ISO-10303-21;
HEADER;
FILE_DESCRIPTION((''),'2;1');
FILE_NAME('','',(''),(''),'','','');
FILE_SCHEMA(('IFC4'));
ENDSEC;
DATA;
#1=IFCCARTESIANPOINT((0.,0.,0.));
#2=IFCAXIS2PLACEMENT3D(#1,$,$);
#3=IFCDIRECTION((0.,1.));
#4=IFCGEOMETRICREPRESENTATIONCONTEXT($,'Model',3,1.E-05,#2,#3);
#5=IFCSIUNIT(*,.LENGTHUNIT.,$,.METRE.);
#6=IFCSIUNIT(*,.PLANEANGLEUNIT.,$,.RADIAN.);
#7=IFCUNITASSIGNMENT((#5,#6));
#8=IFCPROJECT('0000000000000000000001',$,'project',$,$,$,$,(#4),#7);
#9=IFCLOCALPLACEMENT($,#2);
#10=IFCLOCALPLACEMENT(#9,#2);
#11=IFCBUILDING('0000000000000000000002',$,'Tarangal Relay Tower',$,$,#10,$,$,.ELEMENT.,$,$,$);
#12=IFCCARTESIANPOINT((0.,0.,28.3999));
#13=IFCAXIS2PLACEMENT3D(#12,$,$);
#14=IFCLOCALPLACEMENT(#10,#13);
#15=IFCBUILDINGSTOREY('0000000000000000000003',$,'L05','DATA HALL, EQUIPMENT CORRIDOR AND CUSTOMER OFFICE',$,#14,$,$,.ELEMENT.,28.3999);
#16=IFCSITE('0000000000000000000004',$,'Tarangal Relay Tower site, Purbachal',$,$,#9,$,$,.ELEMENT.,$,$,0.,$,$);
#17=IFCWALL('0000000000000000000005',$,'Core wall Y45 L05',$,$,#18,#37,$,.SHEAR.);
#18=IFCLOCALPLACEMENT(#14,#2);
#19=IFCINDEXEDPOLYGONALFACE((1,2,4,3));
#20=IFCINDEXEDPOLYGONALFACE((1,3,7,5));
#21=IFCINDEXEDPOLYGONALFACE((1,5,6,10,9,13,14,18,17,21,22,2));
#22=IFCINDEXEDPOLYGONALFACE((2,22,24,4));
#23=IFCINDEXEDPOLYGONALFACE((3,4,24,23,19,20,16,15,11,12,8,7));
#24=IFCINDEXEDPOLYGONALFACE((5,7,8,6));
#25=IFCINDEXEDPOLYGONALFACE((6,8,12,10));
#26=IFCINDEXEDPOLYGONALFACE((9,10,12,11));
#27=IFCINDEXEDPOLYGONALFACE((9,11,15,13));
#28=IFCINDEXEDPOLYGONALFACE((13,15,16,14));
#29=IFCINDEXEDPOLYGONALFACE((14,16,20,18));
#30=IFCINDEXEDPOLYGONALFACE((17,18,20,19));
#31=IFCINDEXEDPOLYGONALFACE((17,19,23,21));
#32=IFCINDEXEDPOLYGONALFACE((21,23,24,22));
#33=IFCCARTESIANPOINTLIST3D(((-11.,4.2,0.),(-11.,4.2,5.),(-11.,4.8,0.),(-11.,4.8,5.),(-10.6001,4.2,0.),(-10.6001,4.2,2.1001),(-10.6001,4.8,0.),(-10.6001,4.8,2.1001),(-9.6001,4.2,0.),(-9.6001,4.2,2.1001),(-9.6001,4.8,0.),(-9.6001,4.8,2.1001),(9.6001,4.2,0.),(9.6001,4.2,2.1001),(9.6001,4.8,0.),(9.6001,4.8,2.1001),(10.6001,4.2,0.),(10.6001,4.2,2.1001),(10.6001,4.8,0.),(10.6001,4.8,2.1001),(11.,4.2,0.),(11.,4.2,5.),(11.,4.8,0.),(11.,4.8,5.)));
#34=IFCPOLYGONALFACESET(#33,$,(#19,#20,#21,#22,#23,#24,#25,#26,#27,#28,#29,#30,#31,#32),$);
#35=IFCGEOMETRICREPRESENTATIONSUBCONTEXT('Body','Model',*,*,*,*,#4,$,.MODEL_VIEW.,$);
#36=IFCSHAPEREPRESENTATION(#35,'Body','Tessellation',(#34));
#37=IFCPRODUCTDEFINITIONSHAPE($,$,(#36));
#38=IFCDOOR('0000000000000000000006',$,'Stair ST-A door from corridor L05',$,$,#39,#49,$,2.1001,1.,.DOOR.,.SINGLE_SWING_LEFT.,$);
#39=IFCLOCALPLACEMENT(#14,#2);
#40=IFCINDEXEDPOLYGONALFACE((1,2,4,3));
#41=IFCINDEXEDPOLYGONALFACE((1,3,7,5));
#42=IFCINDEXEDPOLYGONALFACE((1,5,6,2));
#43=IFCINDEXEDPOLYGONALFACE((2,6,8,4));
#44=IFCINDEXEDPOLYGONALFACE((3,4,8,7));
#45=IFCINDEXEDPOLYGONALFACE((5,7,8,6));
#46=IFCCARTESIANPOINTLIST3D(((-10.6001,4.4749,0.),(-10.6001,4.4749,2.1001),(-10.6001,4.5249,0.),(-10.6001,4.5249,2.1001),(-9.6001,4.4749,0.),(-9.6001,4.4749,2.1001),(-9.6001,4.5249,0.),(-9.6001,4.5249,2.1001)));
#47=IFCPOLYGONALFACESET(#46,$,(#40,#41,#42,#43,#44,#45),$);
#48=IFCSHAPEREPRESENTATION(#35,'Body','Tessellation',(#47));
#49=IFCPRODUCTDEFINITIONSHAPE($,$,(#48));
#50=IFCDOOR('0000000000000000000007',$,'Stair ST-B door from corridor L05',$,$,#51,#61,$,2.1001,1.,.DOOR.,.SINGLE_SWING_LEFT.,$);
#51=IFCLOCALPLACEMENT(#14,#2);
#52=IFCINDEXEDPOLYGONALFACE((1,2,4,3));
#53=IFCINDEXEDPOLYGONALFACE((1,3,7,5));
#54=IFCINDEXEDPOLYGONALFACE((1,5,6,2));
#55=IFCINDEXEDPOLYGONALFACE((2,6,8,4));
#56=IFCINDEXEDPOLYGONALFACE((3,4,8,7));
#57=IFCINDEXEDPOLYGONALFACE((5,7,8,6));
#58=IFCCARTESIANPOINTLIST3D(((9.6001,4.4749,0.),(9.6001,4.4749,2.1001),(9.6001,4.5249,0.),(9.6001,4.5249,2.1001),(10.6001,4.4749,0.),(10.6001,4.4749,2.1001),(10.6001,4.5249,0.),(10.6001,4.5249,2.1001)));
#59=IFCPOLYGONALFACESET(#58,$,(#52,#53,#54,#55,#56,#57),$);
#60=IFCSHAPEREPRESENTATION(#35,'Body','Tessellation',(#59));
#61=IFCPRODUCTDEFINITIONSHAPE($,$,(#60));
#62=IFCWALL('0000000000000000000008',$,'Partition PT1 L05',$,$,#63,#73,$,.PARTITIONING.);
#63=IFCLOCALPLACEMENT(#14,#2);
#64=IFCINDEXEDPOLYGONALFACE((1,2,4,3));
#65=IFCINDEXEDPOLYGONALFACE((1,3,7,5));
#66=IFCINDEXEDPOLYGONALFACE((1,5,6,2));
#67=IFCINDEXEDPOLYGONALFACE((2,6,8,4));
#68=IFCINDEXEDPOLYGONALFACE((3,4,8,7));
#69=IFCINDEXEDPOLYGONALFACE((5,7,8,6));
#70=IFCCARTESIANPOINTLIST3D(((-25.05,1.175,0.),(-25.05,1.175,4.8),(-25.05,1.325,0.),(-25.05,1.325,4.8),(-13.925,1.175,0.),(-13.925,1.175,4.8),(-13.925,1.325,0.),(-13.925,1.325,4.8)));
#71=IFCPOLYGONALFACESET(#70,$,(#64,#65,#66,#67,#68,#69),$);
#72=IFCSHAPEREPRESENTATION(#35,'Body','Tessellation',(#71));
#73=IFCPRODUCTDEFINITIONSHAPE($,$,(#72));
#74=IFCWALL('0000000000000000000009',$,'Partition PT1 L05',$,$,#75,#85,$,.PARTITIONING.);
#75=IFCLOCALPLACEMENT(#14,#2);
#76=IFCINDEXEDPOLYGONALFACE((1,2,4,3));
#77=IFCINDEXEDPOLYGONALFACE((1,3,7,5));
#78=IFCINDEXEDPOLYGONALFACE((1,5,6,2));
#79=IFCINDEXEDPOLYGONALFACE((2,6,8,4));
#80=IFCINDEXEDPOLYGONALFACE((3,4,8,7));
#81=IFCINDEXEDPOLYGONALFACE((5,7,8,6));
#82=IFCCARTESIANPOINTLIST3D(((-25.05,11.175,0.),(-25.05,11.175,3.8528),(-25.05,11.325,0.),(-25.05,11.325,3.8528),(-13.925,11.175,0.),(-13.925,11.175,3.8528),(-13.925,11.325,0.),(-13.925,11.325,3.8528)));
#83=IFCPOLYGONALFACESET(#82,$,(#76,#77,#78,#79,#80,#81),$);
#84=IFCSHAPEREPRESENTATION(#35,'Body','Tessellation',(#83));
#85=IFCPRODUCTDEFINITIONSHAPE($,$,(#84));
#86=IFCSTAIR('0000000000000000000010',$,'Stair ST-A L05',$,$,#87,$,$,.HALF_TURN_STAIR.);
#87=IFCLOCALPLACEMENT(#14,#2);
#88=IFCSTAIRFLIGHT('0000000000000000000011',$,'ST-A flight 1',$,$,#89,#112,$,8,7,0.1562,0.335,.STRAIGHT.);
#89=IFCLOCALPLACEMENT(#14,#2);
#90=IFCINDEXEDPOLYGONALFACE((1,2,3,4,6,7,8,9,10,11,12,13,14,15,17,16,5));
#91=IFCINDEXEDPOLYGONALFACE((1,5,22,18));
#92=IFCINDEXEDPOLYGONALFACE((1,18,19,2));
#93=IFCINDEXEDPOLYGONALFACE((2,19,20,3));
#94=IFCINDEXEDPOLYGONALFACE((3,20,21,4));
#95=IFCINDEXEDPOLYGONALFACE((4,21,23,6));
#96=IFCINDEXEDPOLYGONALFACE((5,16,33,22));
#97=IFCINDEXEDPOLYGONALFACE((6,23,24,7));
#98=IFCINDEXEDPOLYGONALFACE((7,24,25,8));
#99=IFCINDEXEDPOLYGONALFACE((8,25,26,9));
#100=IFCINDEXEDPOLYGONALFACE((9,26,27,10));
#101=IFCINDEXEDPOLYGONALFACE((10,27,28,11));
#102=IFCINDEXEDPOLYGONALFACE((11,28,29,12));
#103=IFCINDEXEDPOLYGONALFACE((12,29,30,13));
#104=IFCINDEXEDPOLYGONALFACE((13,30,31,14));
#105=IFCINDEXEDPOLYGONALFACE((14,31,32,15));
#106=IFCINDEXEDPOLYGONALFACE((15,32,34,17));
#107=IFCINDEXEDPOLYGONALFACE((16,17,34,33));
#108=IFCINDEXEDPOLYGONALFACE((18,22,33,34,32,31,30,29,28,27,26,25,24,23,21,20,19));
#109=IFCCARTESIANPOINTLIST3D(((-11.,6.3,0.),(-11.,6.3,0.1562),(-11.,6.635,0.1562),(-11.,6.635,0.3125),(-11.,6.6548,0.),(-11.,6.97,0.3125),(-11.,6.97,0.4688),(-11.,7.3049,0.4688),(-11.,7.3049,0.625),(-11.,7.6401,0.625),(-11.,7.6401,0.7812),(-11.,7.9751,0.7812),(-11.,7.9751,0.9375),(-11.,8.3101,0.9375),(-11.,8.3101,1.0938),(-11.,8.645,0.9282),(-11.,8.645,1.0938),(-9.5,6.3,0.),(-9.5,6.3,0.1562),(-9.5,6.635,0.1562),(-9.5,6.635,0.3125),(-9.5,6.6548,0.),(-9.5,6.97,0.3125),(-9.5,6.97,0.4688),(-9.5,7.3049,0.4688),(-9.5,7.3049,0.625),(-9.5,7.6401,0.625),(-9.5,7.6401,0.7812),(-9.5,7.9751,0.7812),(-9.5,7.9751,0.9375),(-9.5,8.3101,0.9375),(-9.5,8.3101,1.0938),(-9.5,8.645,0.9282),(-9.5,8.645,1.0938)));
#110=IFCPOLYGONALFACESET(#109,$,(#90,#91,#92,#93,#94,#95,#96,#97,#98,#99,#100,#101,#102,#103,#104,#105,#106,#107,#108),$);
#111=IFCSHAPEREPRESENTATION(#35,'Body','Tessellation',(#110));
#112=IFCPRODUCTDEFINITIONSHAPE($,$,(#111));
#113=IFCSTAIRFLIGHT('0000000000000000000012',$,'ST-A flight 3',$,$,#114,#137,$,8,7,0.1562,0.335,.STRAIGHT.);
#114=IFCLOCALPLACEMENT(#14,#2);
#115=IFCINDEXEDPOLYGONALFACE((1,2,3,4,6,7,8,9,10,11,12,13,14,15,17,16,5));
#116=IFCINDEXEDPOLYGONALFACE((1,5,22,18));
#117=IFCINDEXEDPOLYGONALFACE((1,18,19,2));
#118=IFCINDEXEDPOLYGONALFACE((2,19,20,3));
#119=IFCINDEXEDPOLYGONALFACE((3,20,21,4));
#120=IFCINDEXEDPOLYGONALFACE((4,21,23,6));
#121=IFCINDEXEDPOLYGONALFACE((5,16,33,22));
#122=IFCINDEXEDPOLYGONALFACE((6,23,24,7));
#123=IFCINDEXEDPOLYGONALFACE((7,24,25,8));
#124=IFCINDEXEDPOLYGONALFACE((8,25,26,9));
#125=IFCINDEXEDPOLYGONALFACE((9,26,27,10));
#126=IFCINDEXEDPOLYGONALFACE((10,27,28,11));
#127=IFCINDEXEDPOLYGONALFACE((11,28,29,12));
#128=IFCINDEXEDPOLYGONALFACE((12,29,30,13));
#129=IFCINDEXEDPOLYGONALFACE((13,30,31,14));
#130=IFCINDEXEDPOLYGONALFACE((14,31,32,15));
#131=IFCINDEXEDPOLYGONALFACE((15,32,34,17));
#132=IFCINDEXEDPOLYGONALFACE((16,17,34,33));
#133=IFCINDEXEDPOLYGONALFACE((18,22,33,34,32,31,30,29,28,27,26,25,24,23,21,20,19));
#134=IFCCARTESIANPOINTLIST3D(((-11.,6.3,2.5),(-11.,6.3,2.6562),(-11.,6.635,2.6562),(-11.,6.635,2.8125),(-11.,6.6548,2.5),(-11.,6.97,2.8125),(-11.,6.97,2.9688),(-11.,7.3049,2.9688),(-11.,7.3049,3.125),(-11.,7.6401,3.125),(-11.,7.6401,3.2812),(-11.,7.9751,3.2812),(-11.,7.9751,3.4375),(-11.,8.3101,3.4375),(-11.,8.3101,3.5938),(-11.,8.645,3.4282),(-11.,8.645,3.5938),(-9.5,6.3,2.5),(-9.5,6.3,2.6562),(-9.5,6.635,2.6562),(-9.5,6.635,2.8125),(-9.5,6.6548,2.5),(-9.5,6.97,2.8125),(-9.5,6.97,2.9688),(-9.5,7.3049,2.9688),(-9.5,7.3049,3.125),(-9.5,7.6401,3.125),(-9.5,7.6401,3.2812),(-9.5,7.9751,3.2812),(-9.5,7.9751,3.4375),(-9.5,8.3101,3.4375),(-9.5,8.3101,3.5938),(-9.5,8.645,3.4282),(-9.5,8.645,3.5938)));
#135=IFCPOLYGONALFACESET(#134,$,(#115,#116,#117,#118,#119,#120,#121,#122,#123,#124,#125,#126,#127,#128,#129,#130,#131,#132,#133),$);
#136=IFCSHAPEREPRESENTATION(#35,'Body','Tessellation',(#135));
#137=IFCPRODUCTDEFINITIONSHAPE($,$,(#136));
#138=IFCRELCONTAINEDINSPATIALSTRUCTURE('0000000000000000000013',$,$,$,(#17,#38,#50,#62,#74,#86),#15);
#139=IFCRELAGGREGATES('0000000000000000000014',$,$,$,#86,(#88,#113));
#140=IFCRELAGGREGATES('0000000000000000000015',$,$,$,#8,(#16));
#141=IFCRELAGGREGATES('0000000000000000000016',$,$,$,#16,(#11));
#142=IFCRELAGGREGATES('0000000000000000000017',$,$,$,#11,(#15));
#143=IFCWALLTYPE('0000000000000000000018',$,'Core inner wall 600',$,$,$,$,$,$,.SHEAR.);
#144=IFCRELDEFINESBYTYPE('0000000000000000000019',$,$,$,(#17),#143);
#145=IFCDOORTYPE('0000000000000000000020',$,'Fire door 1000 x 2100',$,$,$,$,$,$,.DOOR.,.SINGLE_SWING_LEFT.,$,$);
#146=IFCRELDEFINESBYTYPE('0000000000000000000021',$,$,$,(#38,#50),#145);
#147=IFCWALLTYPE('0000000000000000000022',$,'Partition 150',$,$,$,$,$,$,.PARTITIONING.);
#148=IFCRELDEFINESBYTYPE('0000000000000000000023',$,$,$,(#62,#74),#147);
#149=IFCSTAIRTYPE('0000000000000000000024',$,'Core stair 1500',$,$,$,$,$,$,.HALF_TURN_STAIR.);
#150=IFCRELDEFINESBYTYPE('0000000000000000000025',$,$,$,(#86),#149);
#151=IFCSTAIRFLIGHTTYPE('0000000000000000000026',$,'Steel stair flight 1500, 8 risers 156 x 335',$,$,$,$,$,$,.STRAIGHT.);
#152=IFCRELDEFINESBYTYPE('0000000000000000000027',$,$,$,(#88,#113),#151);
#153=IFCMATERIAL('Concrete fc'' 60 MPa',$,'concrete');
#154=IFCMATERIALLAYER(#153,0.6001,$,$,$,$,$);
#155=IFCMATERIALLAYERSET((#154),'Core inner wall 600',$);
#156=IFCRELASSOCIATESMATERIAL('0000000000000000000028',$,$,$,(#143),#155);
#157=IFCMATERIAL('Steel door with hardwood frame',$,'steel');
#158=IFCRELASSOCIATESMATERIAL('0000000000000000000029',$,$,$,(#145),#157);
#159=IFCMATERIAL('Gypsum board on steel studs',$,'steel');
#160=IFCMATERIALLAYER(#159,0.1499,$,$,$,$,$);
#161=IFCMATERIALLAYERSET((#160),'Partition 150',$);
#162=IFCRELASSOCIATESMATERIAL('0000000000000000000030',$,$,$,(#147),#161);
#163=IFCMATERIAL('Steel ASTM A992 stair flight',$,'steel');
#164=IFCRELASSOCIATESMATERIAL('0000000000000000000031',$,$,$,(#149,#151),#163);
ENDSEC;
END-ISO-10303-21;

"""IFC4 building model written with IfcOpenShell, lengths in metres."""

from ifc_helpers import new_model, si_unit, direction, frame, frame_2d, origin, place, context, subcontext, project, spatial, polyline, rectangle, outline, extrude, material, layer, layer_set, type_object, element, fill, aggregate, save


model = new_model("IFC4")

# Units and contexts
model_context = context("Model", 3, precision=1e-05, world=origin(), true_north=direction((0.0, 1.0)))
body_context = subcontext(model_context, "Body", "Model", "MODEL_VIEW")
ifc_project = project(units=[si_unit("LENGTHUNIT", "METRE"), si_unit("PLANEANGLEUNIT", "RADIAN")], contexts=[model_context])

# Site, building, storey
site_placement = place(None, origin())
site = spatial("IfcSite", under=ifc_project, at=site_placement, Name="Tarangal Relay Tower site, Purbachal", CompositionType="ELEMENT", RefElevation=0.0)
building_placement = place(site_placement, origin())
building = spatial("IfcBuilding", under=site, at=building_placement, Name="Tarangal Relay Tower", CompositionType="ELEMENT")
storey_placement = place(building_placement, frame((0.0, 0.0, 28.3999)))
storey = spatial("IfcBuildingStorey", under=building, at=storey_placement, Name="L05", Description="DATA HALL, EQUIPMENT CORRIDOR AND CUSTOMER OFFICE", CompositionType="ELEMENT", Elevation=28.3999)

# Wall, openings, doors
ifc_material_1 = material(Name="Concrete fc' 60 MPa", Category="concrete")
ifc_layer_1 = layer(ifc_material_1, 0.6001)
ifc_layer_set_1 = layer_set([ifc_layer_1], Name="Core inner wall 600")
wall_type_1 = type_object("IfcWallType", Name="Core inner wall 600", PredefinedType="SHEAR", material=ifc_layer_set_1)
wall_1_placement = place(storey_placement, frame((-11.0, 4.5, 0.0), z_axis=(0.0, 0.0, 1.0), x_axis=(1.0, 0.0, 0.0)))
wall_1 = element("IfcWall", 1, at=wall_1_placement, inside=storey, type_object=wall_type_1, Name="Core wall Y45 L05", PredefinedType="SHEAR", context=body_context, shape_type="SweptSolid", body=[
    extrude(rectangle(XDim=22.0, YDim=0.6001, at=frame_2d((11.0, 0.0))), origin(), (0.0, 0.0, 1.0), 5.0),
])
opening_1_placement = place(wall_1_placement, frame((0.3999, 0.0, 0.0)))
opening_1 = element("IfcOpeningElement", 2, at=opening_1_placement, cuts=wall_1, PredefinedType="OPENING", context=body_context, shape_type="SweptSolid", body=[
    extrude(rectangle(XDim=1.0, YDim=2.1001, at=frame_2d((0.5, 1.05))), frame((0.0, 0.3101, 0.0), z_axis=(0.0, -1.0, 0.0), x_axis=(1.0, 0.0, 0.0)), (0.0, 0.0, 1.0), 0.6201),
])
opening_2_placement = place(wall_1_placement, frame((20.6001, 0.0, 0.0)))
opening_2 = element("IfcOpeningElement", 3, at=opening_2_placement, cuts=wall_1, PredefinedType="OPENING", context=body_context, shape_type="SweptSolid", body=[
    extrude(rectangle(XDim=1.0, YDim=2.1001, at=frame_2d((0.5, 1.05))), frame((0.0, 0.3101, 0.0), z_axis=(0.0, -1.0, 0.0), x_axis=(1.0, 0.0, 0.0)), (0.0, 0.0, 1.0), 0.6201),
])
ifc_material_2 = material(Name="Steel door with hardwood frame", Category="steel")
door_type_1 = type_object("IfcDoorType", Name="Fire door 1000 x 2100", OperationType="SINGLE_SWING_LEFT", PredefinedType="DOOR", material=ifc_material_2)
door_1_placement = place(opening_1_placement, origin())
door_1 = element("IfcDoor", 4, at=door_1_placement, inside=storey, type_object=door_type_1, Name="Stair ST-A door from corridor L05", OperationType="SINGLE_SWING_LEFT", OverallHeight=2.1001, OverallWidth=1.0, PredefinedType="DOOR", context=body_context, shape_type="SweptSolid", body=[
    extrude(rectangle(XDim=1.0, YDim=2.1001, at=frame_2d((0.5, 1.05))), frame((0.0, 0.0249, 0.0), z_axis=(0.0, -1.0, 0.0), x_axis=(1.0, 0.0, 0.0)), (0.0, 0.0, 1.0), 0.05),
])
fill(opening_1, door_1)
door_2_placement = place(opening_2_placement, origin())
door_2 = element("IfcDoor", 5, at=door_2_placement, inside=storey, type_object=door_type_1, Name="Stair ST-B door from corridor L05", OperationType="SINGLE_SWING_LEFT", OverallHeight=2.1001, OverallWidth=1.0, PredefinedType="DOOR", context=body_context, shape_type="SweptSolid", body=[
    extrude(rectangle(XDim=1.0, YDim=2.1001, at=frame_2d((0.5, 1.05))), frame((0.0, 0.0249, 0.0), z_axis=(0.0, -1.0, 0.0), x_axis=(1.0, 0.0, 0.0)), (0.0, 0.0, 1.0), 0.05),
])
fill(opening_2, door_2)

# Walls
ifc_material_3 = material(Name="Gypsum board on steel studs", Category="steel")
ifc_layer_2 = layer(ifc_material_3, 0.1499)
ifc_layer_set_2 = layer_set([ifc_layer_2], Name="Partition 150")
wall_type_2 = type_object("IfcWallType", Name="Partition 150", PredefinedType="PARTITIONING", material=ifc_layer_set_2)
wall_2_placement = place(storey_placement, frame((-25.05, 1.25, 0.0), z_axis=(0.0, 0.0, 1.0), x_axis=(1.0, 0.0, 0.0)))
element("IfcWall", 6, at=wall_2_placement, inside=storey, type_object=wall_type_2, Name="Partition PT1 L05", PredefinedType="PARTITIONING", context=body_context, shape_type="SweptSolid", body=[
    extrude(rectangle(XDim=11.125, YDim=0.1499, at=frame_2d((5.5625, 0.0))), origin(), (0.0, 0.0, 1.0), 4.8),
])
wall_3_placement = place(storey_placement, frame((-25.05, 11.25, 0.0), z_axis=(0.0, 0.0, 1.0), x_axis=(1.0, 0.0, 0.0)))
element("IfcWall", 7, at=wall_3_placement, inside=storey, type_object=wall_type_2, Name="Partition PT1 L05", PredefinedType="PARTITIONING", context=body_context, shape_type="SweptSolid", body=[
    extrude(rectangle(XDim=11.125, YDim=0.1499, at=frame_2d((5.5625, 0.0))), origin(), (0.0, 0.0, 1.0), 3.8528),
])

# Stair, stair flights
ifc_material_4 = material(Name="Steel ASTM A992 stair flight", Category="steel")
stair_type = type_object("IfcStairType", Name="Core stair 1500", PredefinedType="HALF_TURN_STAIR", material=ifc_material_4)
stair_placement = place(storey_placement, origin())
stair = element("IfcStair", 8, at=stair_placement, inside=storey, type_object=stair_type, Name="Stair ST-A L05", PredefinedType="HALF_TURN_STAIR")
stair_flight_type = type_object("IfcStairFlightType", Name="Steel stair flight 1500, 8 risers 156 x 335", PredefinedType="STRAIGHT", material=ifc_material_4)
stair_flight_1_placement = place(storey_placement, frame((-10.25, 6.3, 0.0), z_axis=(0.0, 0.0, 1.0), x_axis=(0.0, 1.0, 0.0)))
stair_flight_1 = element("IfcStairFlight", 9, at=stair_flight_1_placement, type_object=stair_flight_type, Name="ST-A flight 1", NumberOfRisers=8, NumberOfTreads=7, PredefinedType="STRAIGHT", RiserHeight=0.1562, TreadLength=0.335, context=body_context, shape_type="SweptSolid", body=[
    extrude(outline(polyline([(0.0, 0.0), (0.0, 0.1562), (0.335, 0.1562), (0.335, 0.3125), (0.6699, 0.3125), (0.6699, 0.4688), (1.0049, 0.4688), (1.0049, 0.625), (1.3401, 0.625), (1.3401, 0.7812), (1.675, 0.7812), (1.675, 0.9375), (2.01, 0.9375), (2.01, 1.0938), (2.345, 1.0938), (2.345, 1.25), (2.345, 0.9282), (0.3547, 0.0), (0.0, 0.0)])), frame((0.0, 0.75, 0.0), z_axis=(0.0, -1.0, 0.0), x_axis=(1.0, 0.0, 0.0)), (0.0, 0.0, 1.0), 1.5),
])
stair_flight_2_placement = place(storey_placement, frame((-10.25, 6.3, 2.5), z_axis=(0.0, 0.0, 1.0), x_axis=(0.0, 1.0, 0.0)))
stair_flight_2 = element("IfcStairFlight", 10, at=stair_flight_2_placement, type_object=stair_flight_type, Name="ST-A flight 3", NumberOfRisers=8, NumberOfTreads=7, PredefinedType="STRAIGHT", RiserHeight=0.1562, TreadLength=0.335, context=body_context, shape_type="SweptSolid", body=[
    extrude(outline(polyline([(0.0, 0.0), (0.0, 0.1562), (0.335, 0.1562), (0.335, 0.3125), (0.6699, 0.3125), (0.6699, 0.4688), (1.0049, 0.4688), (1.0049, 0.625), (1.3401, 0.625), (1.3401, 0.7812), (1.675, 0.7812), (1.675, 0.9375), (2.01, 0.9375), (2.01, 1.0938), (2.345, 1.0938), (2.345, 1.25), (2.345, 0.9282), (0.3547, 0.0), (0.0, 0.0)])), frame((0.0, 0.75, 0.0), z_axis=(0.0, -1.0, 0.0), x_axis=(1.0, 0.0, 0.0)), (0.0, 0.0, 1.0), 1.5),
])
aggregate(stair, [stair_flight_1, stair_flight_2])

save(model, "model.ifc")
